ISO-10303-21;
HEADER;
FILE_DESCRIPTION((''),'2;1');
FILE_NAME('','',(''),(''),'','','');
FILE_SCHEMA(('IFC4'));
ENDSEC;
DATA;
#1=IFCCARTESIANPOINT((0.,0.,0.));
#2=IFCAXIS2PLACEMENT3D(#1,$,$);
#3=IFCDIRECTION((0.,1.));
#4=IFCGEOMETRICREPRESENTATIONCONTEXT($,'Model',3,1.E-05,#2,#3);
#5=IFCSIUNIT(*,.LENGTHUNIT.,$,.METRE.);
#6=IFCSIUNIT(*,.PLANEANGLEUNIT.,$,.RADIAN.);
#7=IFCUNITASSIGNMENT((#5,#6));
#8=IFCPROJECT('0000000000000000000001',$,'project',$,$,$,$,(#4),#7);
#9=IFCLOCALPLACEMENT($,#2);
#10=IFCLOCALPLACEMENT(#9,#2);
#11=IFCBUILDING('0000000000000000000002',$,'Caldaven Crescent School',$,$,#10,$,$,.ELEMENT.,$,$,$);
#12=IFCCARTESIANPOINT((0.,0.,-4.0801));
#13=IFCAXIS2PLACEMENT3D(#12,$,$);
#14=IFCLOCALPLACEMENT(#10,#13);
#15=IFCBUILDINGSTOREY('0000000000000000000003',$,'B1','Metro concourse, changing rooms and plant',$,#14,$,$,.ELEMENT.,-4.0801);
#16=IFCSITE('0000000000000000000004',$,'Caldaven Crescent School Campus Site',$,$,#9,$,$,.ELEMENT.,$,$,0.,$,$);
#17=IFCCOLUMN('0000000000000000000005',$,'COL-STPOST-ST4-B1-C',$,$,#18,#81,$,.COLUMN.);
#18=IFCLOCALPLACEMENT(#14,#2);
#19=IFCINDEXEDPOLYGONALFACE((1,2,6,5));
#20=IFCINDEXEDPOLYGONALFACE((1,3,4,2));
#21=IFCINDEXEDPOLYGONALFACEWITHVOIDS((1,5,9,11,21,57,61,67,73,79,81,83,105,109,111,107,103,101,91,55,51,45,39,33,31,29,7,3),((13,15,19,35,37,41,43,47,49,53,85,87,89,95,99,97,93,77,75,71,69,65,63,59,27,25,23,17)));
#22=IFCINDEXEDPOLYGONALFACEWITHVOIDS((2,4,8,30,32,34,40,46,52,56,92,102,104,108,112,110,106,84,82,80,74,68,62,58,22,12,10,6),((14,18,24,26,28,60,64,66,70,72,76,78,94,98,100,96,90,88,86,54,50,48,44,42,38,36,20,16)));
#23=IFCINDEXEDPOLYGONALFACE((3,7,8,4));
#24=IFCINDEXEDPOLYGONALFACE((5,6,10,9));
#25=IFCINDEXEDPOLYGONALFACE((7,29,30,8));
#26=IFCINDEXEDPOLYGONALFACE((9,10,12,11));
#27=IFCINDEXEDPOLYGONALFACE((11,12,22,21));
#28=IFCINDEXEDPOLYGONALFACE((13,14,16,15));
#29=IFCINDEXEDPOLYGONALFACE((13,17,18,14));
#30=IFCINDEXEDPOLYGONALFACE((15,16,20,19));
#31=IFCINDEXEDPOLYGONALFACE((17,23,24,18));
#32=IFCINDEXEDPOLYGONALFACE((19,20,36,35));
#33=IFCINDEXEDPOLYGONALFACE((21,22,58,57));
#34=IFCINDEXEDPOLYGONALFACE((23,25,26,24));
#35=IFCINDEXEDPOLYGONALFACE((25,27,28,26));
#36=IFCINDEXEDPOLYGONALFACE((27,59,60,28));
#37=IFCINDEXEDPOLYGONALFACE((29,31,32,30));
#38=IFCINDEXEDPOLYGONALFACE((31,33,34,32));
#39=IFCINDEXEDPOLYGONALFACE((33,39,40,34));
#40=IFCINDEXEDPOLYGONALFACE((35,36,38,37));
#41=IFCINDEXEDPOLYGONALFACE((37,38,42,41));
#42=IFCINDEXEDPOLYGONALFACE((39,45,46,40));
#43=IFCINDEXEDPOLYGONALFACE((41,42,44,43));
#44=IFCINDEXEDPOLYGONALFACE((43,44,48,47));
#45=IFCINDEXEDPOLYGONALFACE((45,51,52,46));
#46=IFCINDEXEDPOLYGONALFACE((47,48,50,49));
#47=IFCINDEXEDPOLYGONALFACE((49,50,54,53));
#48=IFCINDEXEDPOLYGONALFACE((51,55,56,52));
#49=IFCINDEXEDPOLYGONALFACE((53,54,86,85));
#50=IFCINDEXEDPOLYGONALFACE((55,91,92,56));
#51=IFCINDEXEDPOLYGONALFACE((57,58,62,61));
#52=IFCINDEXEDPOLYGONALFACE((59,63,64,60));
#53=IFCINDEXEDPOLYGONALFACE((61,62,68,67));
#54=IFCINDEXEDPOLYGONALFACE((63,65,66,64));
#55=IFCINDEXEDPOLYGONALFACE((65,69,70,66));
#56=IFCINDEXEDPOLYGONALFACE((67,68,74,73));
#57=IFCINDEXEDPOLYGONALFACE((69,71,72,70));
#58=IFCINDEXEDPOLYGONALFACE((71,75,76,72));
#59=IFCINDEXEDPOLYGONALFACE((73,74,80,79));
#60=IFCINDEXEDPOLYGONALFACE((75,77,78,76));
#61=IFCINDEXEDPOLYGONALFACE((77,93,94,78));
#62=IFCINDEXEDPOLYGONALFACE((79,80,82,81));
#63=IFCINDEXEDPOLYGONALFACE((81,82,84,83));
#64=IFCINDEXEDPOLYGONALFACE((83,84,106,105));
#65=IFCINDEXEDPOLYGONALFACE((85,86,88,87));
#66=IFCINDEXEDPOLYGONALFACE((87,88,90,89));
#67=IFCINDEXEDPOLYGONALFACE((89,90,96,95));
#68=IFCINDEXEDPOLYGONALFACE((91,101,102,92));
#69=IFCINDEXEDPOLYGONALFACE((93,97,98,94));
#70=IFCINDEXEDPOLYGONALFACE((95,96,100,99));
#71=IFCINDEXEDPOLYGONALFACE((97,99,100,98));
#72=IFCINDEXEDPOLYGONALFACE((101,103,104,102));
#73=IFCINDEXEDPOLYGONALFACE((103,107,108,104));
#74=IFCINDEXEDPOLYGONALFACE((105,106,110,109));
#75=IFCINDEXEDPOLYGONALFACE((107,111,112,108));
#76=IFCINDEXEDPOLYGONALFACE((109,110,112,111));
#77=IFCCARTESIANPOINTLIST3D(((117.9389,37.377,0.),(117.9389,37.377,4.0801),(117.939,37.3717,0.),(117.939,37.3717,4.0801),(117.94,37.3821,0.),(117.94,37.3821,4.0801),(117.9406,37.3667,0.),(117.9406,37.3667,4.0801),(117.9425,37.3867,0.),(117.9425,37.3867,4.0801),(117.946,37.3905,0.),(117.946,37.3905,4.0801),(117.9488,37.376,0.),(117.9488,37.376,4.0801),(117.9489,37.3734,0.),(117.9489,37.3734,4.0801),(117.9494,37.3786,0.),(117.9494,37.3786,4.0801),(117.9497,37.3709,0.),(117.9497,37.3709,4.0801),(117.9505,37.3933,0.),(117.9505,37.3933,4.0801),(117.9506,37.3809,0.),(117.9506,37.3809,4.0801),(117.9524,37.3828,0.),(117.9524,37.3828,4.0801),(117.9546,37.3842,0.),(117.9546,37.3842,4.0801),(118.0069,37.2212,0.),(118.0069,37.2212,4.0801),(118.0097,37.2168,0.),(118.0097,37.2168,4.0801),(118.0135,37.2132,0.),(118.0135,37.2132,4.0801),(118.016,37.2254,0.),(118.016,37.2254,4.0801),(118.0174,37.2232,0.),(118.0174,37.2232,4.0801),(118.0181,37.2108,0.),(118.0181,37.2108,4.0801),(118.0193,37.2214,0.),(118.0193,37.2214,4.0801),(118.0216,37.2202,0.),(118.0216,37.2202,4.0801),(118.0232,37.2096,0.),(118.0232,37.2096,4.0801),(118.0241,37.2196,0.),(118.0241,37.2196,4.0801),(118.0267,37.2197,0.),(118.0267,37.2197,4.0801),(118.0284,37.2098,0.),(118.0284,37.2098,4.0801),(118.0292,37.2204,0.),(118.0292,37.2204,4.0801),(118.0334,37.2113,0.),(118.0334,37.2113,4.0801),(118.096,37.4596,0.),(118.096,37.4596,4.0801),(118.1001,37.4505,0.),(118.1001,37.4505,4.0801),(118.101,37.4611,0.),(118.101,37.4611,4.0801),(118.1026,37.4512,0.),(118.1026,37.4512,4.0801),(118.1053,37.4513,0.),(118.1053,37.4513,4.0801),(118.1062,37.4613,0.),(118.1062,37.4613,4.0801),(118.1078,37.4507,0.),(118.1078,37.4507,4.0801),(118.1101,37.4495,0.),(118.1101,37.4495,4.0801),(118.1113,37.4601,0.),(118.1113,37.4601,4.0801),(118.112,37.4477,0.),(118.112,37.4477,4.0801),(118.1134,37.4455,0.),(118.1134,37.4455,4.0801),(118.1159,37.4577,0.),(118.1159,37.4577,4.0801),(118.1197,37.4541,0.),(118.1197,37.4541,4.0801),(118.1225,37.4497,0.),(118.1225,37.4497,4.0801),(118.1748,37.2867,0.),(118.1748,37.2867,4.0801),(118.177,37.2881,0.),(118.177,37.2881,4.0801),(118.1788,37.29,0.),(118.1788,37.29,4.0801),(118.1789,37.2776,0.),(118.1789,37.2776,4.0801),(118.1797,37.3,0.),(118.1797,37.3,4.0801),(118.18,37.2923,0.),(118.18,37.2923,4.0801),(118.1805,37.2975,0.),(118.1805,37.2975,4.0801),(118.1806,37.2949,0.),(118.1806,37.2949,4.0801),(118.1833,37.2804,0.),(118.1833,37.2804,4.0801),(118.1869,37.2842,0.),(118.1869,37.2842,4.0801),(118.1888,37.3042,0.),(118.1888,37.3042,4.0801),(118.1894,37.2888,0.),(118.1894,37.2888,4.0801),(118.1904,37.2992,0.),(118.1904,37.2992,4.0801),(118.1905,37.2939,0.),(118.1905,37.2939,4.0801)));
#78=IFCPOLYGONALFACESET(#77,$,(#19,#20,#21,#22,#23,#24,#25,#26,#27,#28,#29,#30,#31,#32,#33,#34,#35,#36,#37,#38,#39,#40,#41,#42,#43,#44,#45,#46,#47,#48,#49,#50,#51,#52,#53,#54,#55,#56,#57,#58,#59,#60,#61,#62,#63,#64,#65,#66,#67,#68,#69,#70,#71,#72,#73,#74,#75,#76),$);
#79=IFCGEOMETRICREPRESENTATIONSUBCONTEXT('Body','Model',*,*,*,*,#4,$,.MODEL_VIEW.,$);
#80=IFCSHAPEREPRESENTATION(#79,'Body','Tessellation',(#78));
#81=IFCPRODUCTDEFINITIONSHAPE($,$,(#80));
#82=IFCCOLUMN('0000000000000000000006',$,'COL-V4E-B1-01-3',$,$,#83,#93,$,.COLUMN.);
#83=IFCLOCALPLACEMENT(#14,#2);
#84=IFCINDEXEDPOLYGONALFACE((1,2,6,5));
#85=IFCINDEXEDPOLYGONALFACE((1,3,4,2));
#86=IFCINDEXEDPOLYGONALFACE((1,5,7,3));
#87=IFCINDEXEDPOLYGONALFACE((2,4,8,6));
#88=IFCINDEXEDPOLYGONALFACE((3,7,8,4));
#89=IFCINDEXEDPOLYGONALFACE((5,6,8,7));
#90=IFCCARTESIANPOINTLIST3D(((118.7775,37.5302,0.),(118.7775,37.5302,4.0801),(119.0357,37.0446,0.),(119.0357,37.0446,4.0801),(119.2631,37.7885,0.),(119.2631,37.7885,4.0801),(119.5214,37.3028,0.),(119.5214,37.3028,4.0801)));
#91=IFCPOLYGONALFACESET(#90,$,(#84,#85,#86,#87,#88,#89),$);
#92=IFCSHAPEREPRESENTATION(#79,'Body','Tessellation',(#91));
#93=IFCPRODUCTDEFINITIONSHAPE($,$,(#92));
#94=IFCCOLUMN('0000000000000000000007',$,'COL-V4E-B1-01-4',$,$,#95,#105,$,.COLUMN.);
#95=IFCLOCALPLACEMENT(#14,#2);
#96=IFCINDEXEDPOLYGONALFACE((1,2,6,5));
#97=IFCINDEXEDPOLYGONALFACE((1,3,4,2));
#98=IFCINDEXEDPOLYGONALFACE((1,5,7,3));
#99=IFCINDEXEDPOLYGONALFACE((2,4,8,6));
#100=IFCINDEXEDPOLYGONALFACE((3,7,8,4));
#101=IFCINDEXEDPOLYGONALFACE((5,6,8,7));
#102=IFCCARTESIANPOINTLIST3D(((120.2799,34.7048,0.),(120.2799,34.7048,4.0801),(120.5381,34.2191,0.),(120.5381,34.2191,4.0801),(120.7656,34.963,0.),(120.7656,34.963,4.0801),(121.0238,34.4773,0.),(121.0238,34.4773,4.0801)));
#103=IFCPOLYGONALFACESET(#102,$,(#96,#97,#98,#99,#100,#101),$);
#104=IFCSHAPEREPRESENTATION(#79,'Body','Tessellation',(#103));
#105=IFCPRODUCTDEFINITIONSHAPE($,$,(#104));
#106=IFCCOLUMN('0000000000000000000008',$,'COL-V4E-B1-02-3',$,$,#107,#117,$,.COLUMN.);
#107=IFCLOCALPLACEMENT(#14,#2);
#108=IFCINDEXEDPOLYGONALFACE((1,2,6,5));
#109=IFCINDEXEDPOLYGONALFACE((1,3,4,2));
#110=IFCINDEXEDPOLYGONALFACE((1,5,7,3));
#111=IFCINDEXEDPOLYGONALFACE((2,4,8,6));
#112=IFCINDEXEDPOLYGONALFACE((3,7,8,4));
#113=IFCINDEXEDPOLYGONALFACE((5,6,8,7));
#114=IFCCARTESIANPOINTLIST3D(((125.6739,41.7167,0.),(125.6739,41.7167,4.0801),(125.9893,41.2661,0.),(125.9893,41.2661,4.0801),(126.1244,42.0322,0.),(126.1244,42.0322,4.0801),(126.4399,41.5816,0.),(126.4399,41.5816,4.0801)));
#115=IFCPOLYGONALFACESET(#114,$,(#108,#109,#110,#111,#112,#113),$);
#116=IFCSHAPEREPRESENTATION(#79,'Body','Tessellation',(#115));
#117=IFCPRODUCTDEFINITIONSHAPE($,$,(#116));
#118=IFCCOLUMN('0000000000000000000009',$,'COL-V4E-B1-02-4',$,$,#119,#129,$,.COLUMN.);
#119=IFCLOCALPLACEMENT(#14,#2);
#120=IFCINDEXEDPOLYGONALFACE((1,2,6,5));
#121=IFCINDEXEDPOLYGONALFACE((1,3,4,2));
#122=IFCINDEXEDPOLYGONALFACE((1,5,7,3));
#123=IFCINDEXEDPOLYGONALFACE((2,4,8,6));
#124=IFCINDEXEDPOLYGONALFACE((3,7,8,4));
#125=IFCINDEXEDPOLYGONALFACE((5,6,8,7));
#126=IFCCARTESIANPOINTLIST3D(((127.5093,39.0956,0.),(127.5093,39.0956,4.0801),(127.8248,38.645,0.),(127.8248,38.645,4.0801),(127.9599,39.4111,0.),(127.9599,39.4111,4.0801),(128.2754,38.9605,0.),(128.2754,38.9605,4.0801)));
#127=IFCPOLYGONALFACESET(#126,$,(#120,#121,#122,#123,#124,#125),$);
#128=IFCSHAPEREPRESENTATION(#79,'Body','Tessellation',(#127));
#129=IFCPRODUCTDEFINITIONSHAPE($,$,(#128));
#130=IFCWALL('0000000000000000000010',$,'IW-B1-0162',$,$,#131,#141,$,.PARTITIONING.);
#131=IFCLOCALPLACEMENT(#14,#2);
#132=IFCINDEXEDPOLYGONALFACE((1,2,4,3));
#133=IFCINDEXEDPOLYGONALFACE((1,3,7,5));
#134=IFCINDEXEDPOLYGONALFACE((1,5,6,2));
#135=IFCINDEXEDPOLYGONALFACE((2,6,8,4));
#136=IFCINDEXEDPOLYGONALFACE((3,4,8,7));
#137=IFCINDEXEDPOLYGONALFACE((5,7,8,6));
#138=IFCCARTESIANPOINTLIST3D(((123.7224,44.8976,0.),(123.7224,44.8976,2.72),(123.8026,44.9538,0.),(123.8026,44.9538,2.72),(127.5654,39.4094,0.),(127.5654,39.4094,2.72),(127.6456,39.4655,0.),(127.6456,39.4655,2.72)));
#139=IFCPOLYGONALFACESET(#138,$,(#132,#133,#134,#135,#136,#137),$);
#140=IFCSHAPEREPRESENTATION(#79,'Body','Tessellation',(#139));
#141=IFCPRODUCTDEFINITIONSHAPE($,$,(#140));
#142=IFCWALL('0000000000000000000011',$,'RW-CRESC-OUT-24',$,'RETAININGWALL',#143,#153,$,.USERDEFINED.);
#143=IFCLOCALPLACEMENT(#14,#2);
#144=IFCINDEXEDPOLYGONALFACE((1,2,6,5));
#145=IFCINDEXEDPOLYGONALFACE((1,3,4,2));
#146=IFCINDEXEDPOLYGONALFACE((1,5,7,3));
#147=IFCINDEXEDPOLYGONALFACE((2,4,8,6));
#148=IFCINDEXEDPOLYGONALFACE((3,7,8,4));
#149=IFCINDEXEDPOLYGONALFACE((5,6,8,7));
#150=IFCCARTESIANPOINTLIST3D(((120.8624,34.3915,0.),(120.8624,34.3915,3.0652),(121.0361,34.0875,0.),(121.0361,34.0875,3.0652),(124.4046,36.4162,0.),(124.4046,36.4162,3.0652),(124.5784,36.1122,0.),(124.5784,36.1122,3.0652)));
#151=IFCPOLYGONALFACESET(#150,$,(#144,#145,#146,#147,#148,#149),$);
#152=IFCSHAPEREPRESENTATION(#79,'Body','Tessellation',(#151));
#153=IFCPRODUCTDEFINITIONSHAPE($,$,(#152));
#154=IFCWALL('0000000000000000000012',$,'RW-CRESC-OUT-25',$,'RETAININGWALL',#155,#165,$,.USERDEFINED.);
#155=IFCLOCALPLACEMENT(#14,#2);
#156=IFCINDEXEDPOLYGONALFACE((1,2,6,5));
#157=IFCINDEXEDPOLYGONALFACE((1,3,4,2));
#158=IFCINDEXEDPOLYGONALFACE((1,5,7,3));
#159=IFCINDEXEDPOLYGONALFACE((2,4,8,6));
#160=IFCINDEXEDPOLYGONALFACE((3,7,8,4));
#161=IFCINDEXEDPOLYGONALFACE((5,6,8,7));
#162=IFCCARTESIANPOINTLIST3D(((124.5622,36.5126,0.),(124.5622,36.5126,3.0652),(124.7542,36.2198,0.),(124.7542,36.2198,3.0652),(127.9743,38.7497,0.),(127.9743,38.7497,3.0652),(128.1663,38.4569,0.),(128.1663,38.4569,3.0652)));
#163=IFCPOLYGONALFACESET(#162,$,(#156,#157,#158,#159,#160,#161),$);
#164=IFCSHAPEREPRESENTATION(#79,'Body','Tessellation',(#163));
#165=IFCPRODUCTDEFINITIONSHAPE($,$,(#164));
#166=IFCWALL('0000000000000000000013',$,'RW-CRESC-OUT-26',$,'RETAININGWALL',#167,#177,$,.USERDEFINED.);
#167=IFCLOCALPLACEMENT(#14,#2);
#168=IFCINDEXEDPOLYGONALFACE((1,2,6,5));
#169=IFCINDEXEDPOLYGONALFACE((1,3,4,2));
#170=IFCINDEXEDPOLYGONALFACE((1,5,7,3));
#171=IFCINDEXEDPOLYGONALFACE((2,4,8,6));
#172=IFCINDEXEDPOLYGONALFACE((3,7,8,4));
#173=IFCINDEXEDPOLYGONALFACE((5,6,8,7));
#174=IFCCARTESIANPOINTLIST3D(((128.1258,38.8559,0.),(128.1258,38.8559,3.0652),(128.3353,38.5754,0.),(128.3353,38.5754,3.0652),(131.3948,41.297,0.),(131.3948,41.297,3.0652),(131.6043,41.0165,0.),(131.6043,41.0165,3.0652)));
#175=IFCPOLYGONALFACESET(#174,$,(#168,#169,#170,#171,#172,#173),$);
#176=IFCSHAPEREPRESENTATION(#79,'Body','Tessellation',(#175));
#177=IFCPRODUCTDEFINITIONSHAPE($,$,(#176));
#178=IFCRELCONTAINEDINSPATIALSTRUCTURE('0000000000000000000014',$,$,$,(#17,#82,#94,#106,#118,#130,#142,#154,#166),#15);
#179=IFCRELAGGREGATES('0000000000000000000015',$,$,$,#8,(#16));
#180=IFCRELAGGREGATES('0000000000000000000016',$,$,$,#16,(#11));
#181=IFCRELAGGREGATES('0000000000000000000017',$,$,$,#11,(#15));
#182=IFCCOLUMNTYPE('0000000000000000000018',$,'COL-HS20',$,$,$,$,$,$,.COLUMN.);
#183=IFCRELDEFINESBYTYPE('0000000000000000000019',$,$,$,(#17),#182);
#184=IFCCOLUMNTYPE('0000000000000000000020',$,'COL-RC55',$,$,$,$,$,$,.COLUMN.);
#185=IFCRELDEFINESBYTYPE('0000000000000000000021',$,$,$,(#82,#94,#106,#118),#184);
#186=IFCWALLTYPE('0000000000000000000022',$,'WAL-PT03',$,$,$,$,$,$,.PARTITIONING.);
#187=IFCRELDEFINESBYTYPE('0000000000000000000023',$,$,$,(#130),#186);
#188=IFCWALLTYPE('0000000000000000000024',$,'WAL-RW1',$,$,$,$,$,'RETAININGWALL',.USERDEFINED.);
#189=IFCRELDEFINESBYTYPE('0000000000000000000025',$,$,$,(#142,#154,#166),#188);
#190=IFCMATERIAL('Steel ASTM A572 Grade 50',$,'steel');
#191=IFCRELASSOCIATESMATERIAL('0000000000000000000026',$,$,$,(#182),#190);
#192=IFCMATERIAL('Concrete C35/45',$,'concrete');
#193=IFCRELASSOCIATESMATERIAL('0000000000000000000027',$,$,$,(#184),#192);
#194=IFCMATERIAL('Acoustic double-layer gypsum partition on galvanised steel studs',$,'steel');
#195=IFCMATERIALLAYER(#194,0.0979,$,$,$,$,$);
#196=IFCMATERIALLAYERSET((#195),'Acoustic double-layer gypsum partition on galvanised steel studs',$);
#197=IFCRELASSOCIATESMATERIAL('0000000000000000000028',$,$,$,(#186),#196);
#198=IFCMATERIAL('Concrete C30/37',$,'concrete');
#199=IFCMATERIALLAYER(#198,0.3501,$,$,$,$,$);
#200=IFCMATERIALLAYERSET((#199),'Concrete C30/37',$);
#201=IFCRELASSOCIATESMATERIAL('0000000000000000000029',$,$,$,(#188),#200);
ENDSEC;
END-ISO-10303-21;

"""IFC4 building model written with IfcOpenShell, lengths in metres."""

from ifc_helpers import new_model, si_unit, direction, frame, frame_2d, origin, origin_2d, place, context, subcontext, project, spatial, rectangle, hollow_rectangle, extrude, material, layer, layer_set, material_profile, profile_set, type_object, element, save


model = new_model("IFC4")

# Units and contexts
model_context = context("Model", 3, precision=1e-05, world=origin(), true_north=direction((0.0, 1.0)))
body_context = subcontext(model_context, "Body", "Model", "MODEL_VIEW")
ifc_project = project(units=[si_unit("LENGTHUNIT", "METRE"), si_unit("PLANEANGLEUNIT", "RADIAN")], contexts=[model_context])

# Site, building, storey
site_placement = place(None, origin())
site = spatial("IfcSite", under=ifc_project, at=site_placement, Name="Caldaven Crescent School Campus Site", CompositionType="ELEMENT", RefElevation=0.0)
building_placement = place(site_placement, origin())
building = spatial("IfcBuilding", under=site, at=building_placement, Name="Caldaven Crescent School", CompositionType="ELEMENT")
storey_placement = place(building_placement, frame((0.0, 0.0, -4.0801)))
storey = spatial("IfcBuildingStorey", under=building, at=storey_placement, Name="B1", Description="Metro concourse, changing rooms and plant", CompositionType="ELEMENT", Elevation=-4.0801)

# Shared definitions
ifc_material_1 = material(Name="Concrete C30/37", Category="concrete")
ifc_material_2 = material(Name="Concrete C35/45", Category="concrete")

# Columns
ifc_material_3 = material(Name="Steel ASTM A572 Grade 50", Category="steel")
ifc_material_profile_1 = material_profile(ifc_material_3, hollow_rectangle(XDim=0.2, YDim=0.2, WallThickness=0.01, InnerFilletRadius=0.01, OuterFilletRadius=0.02, at=origin_2d()), Name="HSS 200x200x10")
ifc_profile_set_1 = profile_set([ifc_material_profile_1], Name="Steel ASTM A572 Grade 50")
column_type_1 = type_object("IfcColumnType", Name="COL-HS20", PredefinedType="COLUMN", material=ifc_profile_set_1)
column_placement = place(storey_placement, frame((118.0647, 37.3354, 0.0), z_axis=(0.0, 0.0, 1.0), x_axis=(0.909961, 0.414693, 0.0)))
element("IfcColumn", 1, at=column_placement, inside=storey, type_object=column_type_1, Name="COL-STPOST-ST4-B1-C", PredefinedType="COLUMN", context=body_context, shape_type="SweptSolid", body=[
    extrude(hollow_rectangle(XDim=0.2, YDim=0.2, WallThickness=0.01, InnerFilletRadius=0.01, OuterFilletRadius=0.02, at=origin_2d()), origin(), (0.0, 0.0, 1.0), 4.0801),
])
ifc_material_profile_2 = material_profile(ifc_material_2, rectangle(XDim=0.55, YDim=0.55, at=origin_2d()), Name="RC 550x550")
ifc_profile_set_2 = profile_set([ifc_material_profile_2], Name="Concrete C35/45")
column_type_2 = type_object("IfcColumnType", Name="COL-RC55", PredefinedType="COLUMN", material=ifc_profile_set_2)
for number, where, z_axis, x_axis, name in (
    (2, (119.1494, 37.4165, 0.0), (0.0, 0.0, 1.0), (0.469472, -0.882948, 0.0), "COL-V4E-B1-01-3"),
    (3, (120.6519, 34.5911, 0.0), (0.0, 0.0, 1.0), (0.469472, -0.882948, 0.0), "COL-V4E-B1-01-4"),
    (4, (126.0569, 41.6492, 0.0), (0.0, 0.0, 1.0), (0.573576, -0.819152, 0.0), "COL-V4E-B1-02-3"),
    (5, (127.8923, 39.0281, 0.0), (0.0, 0.0, 1.0), (0.573576, -0.819152, 0.0), "COL-V4E-B1-02-4"),
):
    element("IfcColumn", number, at=place(storey_placement, frame(where, z_axis=z_axis, x_axis=x_axis)), inside=storey, type_object=column_type_2, Name=name, PredefinedType="COLUMN", context=body_context, shape_type="SweptSolid", body=[
        extrude(rectangle(XDim=0.55, YDim=0.55, at=origin_2d()), origin(), (0.0, 0.0, 1.0), 4.0801),
    ])

# Walls
ifc_material_4 = material(Name="Acoustic double-layer gypsum partition on galvanised steel studs", Category="steel")
ifc_layer_1 = layer(ifc_material_4, 0.0979)
ifc_layer_set_1 = layer_set([ifc_layer_1], Name="Acoustic double-layer gypsum partition on galvanised steel studs")
wall_type_1 = type_object("IfcWallType", Name="WAL-PT03", PredefinedType="PARTITIONING", material=ifc_layer_set_1)
wall_1_placement = place(storey_placement, frame((123.7625, 44.9258, 0.0), z_axis=(0.0, 0.0, 1.0), x_axis=(0.573585, -0.819146, 0.0)))
element("IfcWall", 6, at=wall_1_placement, inside=storey, type_object=wall_type_1, Name="IW-B1-0162", PredefinedType="PARTITIONING", context=body_context, shape_type="SweptSolid", body=[
    extrude(rectangle(XDim=6.7, YDim=0.0979, at=frame_2d((3.3501, 0.0))), origin(), (0.0, 0.0, 1.0), 2.72),
])
ifc_layer_2 = layer(ifc_material_1, 0.3501)
ifc_layer_set_2 = layer_set([ifc_layer_2], Name="Concrete C30/37")
wall_type_2 = type_object("IfcWallType", Name="WAL-RW1", ElementType="RETAININGWALL", PredefinedType="USERDEFINED", material=ifc_layer_set_2)
for number, where, z_axis, x_axis, name in (
    (7, (120.9492, 34.2395, 0.0), (0.0, 0.0, 1.0), (0.868188, 0.496236, 0.0), "RW-CRESC-OUT-24"),
    (8, (124.6582, 36.3662, 0.0), (0.0, 0.0, 1.0), (0.836288, 0.54829, 0.0), "RW-CRESC-OUT-25"),
):
    element("IfcWall", number, at=place(storey_placement, frame(where, z_axis=z_axis, x_axis=x_axis)), inside=storey, type_object=wall_type_2, Name=name, ObjectType="RETAININGWALL", PredefinedType="USERDEFINED", context=body_context, shape_type="SweptSolid", body=[
        extrude(rectangle(XDim=4.0801, YDim=0.3501, at=frame_2d((2.04, 0.0))), origin(), (0.0, 0.0, 1.0), 3.0652),
    ])
wall_2_placement = place(storey_placement, frame((128.2305, 38.7156, 0.0), z_axis=(0.0, 0.0, 1.0), x_axis=(0.801248, 0.598333, 0.0)))
element("IfcWall", 9, at=wall_2_placement, inside=storey, type_object=wall_type_2, Name="RW-CRESC-OUT-26", ObjectType="RETAININGWALL", PredefinedType="USERDEFINED", context=body_context, shape_type="SweptSolid", body=[
    extrude(rectangle(XDim=4.0798, YDim=0.3501, at=frame_2d((2.04, 0.0))), origin(), (0.0, 0.0, 1.0), 3.0652),
])

save(model, "model.ifc")
